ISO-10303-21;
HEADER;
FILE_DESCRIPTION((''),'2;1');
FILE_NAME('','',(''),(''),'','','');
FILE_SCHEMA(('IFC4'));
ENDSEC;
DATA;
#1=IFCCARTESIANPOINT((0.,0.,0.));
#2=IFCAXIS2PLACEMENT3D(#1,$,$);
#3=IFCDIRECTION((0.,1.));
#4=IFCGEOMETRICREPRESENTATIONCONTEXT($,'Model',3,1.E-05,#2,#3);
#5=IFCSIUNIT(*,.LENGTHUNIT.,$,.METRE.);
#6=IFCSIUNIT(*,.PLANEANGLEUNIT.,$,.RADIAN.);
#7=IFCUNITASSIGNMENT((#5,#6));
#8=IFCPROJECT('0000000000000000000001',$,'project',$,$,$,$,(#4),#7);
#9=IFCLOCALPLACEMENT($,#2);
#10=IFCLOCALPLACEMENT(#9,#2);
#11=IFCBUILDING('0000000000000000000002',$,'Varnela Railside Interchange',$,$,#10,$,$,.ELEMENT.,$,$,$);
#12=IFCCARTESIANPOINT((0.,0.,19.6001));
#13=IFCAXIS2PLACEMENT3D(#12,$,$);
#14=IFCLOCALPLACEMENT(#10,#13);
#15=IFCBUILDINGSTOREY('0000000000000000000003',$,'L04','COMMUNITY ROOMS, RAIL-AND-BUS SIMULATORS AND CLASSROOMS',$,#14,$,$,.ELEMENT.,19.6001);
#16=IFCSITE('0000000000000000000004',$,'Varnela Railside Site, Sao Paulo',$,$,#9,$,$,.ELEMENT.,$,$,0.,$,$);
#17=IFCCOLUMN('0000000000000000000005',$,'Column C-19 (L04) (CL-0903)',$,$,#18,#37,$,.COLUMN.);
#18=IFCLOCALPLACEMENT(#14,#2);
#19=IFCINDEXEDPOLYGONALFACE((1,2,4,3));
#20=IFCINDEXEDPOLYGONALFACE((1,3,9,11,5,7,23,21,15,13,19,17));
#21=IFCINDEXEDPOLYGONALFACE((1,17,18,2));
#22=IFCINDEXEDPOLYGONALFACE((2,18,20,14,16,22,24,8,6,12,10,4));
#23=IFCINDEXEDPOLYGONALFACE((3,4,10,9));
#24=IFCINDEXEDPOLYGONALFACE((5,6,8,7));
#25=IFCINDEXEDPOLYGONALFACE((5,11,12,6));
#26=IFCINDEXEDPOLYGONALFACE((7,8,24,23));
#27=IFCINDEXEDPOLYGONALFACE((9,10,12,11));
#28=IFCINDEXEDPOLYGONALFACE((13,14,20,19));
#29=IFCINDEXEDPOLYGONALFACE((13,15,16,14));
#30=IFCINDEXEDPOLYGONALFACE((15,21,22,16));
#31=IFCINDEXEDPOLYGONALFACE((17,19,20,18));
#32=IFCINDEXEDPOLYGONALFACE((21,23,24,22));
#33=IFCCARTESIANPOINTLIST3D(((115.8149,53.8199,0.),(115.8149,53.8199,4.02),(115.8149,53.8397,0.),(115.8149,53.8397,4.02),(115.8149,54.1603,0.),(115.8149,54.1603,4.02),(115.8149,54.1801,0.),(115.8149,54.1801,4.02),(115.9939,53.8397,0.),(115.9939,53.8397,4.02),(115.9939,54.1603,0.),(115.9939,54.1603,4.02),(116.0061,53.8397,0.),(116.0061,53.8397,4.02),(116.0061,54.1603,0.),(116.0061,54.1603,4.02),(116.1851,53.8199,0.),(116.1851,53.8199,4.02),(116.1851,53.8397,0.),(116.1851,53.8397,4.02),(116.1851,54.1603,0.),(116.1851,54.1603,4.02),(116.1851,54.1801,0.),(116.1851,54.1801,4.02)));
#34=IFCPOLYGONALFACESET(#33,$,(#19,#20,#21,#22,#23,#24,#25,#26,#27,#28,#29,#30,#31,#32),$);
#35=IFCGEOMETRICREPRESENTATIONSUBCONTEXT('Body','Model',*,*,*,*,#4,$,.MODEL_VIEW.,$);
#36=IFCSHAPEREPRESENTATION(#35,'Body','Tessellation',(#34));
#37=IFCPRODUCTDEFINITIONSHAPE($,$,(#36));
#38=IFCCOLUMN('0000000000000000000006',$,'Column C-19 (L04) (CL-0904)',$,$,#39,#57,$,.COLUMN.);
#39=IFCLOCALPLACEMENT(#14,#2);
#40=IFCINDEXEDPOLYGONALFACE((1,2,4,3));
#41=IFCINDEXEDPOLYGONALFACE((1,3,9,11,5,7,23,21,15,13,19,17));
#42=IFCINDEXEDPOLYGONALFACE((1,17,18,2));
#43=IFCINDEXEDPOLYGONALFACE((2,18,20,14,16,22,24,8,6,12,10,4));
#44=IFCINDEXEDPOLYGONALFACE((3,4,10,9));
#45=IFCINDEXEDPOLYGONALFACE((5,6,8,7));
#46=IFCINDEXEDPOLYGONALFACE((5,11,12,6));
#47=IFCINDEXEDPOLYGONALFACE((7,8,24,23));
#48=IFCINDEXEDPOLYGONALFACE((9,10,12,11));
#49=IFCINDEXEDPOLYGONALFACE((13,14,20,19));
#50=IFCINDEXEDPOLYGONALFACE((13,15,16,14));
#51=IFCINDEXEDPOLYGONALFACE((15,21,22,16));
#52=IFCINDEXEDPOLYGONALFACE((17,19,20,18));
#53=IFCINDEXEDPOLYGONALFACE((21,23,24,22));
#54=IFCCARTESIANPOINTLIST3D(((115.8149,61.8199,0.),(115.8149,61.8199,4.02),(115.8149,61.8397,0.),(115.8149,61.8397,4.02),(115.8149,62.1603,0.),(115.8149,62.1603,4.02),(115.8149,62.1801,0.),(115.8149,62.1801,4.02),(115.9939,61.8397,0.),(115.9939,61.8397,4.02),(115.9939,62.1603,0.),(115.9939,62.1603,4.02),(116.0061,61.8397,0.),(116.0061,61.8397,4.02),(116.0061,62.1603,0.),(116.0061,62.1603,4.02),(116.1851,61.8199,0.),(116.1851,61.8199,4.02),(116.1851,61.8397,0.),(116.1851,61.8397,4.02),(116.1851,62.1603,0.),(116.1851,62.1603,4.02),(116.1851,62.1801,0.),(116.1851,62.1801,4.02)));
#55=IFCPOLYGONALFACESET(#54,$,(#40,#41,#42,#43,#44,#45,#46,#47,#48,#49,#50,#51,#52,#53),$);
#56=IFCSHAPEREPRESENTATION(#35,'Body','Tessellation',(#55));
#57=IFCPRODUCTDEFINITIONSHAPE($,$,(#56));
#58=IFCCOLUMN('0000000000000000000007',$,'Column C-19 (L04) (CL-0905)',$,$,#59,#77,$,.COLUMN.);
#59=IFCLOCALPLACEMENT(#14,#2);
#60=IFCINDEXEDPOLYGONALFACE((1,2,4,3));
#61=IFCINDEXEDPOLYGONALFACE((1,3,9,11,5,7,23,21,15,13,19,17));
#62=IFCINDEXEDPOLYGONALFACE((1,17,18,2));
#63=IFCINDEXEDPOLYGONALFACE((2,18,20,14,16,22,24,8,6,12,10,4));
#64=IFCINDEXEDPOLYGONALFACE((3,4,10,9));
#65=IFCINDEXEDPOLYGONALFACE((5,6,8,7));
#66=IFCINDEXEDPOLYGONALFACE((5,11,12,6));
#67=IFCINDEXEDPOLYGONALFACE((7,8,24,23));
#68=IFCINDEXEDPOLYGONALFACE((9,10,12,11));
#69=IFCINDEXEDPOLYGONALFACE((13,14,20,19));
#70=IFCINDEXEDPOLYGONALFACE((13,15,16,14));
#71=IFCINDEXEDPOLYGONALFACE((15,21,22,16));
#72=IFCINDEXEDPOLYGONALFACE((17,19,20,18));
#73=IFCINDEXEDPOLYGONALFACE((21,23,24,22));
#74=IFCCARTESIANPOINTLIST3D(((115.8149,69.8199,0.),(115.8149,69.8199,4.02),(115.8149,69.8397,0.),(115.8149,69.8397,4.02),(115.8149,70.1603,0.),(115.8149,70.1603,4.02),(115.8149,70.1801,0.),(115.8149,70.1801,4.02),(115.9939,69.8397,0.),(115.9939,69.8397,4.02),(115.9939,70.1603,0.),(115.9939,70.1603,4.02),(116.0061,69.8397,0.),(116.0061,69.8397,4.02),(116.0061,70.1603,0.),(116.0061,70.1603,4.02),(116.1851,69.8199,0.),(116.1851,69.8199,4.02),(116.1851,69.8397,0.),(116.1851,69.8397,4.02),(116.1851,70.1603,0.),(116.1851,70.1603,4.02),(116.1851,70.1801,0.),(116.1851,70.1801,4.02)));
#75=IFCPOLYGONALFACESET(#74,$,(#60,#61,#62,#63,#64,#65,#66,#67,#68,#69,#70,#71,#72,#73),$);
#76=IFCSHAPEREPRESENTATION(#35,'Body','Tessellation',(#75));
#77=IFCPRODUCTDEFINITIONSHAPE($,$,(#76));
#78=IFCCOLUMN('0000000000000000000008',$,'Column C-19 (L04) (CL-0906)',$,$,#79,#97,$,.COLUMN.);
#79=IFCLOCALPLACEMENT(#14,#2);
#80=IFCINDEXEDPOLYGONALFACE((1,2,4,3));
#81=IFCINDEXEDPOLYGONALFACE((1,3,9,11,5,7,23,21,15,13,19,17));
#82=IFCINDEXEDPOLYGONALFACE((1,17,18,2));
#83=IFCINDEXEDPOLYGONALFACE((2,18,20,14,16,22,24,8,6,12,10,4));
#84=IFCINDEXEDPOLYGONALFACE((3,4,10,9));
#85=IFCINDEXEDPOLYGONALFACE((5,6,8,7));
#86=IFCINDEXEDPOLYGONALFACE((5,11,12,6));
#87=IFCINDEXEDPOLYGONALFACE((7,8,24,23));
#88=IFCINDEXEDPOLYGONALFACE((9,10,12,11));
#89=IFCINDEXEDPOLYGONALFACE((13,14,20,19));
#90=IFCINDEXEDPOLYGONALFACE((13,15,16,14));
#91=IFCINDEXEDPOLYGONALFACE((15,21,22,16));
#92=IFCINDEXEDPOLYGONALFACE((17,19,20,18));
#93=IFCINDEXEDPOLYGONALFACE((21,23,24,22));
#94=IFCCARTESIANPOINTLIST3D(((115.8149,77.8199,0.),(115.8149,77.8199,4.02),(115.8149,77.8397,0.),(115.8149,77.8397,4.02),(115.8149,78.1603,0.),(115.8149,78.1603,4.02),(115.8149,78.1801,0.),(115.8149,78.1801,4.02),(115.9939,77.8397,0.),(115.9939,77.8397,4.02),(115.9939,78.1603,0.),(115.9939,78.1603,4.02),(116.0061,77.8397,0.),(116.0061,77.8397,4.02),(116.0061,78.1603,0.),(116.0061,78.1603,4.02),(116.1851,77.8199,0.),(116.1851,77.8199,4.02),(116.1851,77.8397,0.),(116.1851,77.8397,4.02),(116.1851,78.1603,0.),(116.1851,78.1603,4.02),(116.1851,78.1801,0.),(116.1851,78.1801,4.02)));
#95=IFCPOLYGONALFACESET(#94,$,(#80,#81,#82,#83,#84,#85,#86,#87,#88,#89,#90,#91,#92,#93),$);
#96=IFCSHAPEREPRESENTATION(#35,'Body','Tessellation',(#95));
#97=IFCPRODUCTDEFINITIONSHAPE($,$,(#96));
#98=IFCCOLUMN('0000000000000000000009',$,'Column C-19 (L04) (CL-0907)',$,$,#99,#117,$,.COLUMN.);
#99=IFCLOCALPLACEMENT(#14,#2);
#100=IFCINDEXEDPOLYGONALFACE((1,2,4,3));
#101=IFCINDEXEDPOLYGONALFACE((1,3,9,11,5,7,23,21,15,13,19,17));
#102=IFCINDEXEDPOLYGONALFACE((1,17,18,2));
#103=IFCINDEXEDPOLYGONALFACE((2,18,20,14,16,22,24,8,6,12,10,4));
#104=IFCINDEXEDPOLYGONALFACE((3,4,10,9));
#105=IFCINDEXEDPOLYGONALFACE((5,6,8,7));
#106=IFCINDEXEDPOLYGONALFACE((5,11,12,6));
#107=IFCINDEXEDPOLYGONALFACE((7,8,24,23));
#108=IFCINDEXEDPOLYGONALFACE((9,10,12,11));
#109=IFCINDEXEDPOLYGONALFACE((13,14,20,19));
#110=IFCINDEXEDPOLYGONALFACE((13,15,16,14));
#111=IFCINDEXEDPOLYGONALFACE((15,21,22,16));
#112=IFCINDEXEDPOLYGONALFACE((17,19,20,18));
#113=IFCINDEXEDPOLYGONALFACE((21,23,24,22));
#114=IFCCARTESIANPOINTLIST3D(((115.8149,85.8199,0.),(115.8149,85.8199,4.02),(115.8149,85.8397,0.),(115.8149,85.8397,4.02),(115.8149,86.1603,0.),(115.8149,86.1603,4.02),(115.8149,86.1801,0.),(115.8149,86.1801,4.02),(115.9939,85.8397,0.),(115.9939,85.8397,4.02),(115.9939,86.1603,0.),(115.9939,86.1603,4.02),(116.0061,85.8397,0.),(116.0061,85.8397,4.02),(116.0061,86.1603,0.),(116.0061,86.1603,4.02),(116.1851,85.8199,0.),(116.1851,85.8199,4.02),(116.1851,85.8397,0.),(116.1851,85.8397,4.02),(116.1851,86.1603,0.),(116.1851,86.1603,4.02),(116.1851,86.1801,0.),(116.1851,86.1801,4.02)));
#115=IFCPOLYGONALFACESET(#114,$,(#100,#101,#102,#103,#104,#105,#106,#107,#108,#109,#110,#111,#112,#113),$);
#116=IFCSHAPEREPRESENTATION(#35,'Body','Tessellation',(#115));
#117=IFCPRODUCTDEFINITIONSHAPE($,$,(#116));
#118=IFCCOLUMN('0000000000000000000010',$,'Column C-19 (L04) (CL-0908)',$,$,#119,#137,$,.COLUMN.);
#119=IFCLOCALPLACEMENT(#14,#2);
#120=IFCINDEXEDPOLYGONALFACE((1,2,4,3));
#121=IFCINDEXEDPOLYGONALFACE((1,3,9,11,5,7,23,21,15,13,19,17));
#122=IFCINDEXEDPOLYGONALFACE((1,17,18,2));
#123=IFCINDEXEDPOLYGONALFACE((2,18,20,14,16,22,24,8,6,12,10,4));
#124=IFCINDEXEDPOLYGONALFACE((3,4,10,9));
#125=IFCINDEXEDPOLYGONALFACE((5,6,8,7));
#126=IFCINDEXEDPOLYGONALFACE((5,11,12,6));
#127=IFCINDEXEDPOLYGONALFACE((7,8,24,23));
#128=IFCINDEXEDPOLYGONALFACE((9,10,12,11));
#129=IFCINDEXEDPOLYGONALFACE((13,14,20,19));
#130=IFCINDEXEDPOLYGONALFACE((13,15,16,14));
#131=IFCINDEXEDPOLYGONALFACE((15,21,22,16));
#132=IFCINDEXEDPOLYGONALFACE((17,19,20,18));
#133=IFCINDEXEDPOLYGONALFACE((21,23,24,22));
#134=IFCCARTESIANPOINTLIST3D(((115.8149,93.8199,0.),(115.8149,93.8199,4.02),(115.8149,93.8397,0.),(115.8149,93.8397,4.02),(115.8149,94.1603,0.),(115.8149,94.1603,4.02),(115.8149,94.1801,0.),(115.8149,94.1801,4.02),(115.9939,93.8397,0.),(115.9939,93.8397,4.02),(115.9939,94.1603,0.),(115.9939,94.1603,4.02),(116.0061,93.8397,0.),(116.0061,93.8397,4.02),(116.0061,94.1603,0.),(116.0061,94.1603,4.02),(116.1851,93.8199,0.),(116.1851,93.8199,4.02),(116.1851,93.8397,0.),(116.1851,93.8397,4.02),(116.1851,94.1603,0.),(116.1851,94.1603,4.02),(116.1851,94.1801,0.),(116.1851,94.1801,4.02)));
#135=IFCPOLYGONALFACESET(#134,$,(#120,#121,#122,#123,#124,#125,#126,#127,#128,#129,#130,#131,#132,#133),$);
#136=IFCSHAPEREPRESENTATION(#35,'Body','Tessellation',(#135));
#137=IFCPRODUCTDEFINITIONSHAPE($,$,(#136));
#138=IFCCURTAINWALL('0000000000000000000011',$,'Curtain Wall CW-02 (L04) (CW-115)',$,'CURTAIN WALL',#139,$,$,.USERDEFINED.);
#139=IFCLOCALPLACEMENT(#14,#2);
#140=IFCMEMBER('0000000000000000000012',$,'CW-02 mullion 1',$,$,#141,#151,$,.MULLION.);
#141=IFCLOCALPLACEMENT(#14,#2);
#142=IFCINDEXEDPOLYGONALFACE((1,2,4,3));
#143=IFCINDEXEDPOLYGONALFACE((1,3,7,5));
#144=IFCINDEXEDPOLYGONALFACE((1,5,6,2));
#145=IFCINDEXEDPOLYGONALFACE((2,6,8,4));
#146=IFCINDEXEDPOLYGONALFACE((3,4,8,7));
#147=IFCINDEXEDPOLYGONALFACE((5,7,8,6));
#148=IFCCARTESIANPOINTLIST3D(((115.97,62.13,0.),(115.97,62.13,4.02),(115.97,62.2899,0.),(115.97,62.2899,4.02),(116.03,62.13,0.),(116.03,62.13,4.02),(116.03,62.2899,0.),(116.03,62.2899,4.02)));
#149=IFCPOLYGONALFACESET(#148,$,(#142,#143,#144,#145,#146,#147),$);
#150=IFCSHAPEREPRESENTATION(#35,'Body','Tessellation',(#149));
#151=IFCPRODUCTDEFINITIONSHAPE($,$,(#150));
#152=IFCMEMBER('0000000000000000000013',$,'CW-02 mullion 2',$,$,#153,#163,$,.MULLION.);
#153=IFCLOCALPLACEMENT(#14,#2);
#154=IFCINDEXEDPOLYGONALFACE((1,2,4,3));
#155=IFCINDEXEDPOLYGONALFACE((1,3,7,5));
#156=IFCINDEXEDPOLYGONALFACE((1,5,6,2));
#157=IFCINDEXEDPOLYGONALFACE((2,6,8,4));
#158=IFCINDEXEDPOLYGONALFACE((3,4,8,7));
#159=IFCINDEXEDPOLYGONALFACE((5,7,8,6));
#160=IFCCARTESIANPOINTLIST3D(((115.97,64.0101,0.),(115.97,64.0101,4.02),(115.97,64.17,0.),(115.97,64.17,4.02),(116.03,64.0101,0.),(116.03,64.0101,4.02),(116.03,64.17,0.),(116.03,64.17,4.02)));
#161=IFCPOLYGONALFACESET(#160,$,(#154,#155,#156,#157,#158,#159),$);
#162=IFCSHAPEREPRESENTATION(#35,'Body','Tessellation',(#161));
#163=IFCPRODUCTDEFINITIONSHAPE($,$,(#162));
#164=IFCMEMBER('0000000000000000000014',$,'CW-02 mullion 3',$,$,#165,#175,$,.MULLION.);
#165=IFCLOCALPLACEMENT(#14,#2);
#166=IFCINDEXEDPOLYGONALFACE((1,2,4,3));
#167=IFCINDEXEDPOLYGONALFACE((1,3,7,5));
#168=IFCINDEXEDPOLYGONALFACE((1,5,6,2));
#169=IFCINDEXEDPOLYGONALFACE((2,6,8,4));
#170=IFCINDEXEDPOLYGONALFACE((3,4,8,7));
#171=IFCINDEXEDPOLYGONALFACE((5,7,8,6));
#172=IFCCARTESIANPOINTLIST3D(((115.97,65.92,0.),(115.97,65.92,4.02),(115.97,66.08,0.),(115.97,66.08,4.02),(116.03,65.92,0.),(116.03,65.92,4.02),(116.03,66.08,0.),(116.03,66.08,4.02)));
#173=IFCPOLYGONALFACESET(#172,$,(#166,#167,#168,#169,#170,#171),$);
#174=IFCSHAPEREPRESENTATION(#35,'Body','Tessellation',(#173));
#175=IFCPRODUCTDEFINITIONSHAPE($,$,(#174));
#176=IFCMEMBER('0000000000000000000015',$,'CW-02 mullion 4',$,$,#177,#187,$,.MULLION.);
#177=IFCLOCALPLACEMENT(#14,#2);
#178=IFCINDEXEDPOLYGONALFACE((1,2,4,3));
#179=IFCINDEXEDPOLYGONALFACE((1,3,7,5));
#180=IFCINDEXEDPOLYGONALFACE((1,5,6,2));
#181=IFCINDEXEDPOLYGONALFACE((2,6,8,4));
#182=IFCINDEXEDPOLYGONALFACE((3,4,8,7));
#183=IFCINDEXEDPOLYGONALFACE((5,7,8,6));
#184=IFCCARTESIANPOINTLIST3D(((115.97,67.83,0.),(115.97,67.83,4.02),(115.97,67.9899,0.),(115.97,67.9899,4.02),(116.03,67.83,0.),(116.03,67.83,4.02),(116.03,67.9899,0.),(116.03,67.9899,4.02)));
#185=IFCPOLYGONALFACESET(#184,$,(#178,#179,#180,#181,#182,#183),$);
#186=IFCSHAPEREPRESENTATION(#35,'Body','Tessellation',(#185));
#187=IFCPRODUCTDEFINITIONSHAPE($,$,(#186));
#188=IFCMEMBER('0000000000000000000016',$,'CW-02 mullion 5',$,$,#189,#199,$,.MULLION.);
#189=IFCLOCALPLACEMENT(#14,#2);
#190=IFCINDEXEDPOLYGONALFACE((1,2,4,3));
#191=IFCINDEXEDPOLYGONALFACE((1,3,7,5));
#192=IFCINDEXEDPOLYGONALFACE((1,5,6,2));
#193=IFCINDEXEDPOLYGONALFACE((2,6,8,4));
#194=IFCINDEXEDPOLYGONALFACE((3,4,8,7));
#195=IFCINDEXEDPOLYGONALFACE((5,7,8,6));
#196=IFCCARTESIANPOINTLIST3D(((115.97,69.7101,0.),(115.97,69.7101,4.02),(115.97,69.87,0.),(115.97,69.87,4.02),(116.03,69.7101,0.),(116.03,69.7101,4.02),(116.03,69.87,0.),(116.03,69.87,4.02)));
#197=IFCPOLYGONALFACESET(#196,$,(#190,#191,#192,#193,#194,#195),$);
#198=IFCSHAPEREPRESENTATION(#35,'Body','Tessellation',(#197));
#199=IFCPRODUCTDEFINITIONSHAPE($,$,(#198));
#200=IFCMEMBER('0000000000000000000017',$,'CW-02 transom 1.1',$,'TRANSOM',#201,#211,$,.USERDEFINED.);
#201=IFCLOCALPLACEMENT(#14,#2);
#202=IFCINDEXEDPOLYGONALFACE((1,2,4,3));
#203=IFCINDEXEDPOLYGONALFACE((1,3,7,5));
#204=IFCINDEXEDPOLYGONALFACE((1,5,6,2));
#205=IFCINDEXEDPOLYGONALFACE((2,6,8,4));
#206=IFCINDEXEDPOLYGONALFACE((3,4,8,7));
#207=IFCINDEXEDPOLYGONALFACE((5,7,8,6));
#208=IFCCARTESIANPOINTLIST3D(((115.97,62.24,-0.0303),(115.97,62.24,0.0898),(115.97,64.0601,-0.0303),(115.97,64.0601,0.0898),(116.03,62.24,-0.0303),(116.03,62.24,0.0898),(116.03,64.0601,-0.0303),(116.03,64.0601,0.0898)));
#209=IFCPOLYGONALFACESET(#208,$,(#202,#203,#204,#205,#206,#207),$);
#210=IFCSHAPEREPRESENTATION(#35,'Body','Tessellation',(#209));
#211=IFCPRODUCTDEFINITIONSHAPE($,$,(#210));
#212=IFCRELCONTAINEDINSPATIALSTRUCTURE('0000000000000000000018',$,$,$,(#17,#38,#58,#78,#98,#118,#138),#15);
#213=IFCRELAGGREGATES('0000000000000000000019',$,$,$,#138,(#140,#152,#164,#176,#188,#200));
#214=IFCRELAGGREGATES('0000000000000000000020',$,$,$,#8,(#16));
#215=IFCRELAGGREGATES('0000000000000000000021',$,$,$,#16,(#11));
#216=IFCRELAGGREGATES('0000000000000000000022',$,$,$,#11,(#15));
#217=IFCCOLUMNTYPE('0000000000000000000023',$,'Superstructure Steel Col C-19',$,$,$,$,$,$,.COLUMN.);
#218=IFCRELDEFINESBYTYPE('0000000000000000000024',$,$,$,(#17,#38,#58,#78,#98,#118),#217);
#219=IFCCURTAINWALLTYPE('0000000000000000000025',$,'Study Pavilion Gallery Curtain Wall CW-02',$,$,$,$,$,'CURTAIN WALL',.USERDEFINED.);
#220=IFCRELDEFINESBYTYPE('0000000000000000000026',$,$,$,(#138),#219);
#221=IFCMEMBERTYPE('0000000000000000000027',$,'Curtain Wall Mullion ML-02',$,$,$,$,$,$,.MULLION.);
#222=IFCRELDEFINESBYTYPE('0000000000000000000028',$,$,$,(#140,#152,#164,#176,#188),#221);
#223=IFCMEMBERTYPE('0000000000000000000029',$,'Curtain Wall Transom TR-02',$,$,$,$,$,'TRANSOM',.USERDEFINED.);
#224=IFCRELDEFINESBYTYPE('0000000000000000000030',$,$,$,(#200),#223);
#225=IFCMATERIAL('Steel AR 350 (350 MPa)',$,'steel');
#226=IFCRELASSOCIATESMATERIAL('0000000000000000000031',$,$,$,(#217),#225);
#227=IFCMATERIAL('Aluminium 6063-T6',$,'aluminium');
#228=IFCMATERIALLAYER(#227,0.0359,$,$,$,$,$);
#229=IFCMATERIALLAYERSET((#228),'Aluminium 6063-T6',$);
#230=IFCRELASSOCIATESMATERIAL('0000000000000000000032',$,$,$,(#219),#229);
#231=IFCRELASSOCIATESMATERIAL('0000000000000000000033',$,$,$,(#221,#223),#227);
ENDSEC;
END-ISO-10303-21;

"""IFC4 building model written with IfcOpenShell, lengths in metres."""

from ifc_helpers import new_model, si_unit, direction, frame, origin, origin_2d, place, context, subcontext, project, spatial, rectangle, i_section, extrude, material, layer, layer_set, material_profile, profile_set, type_object, element, aggregate, save


model = new_model("IFC4")

# Units and contexts
model_context = context("Model", 3, precision=1e-05, world=origin(), true_north=direction((0.0, 1.0)))
body_context = subcontext(model_context, "Body", "Model", "MODEL_VIEW")
ifc_project = project(units=[si_unit("LENGTHUNIT", "METRE"), si_unit("PLANEANGLEUNIT", "RADIAN")], contexts=[model_context])

# Site, building, storey
site_placement = place(None, origin())
site = spatial("IfcSite", under=ifc_project, at=site_placement, Name="Varnela Railside Site, Sao Paulo", CompositionType="ELEMENT", RefElevation=0.0)
building_placement = place(site_placement, origin())
building = spatial("IfcBuilding", under=site, at=building_placement, Name="Varnela Railside Interchange", CompositionType="ELEMENT")
storey_placement = place(building_placement, frame((0.0, 0.0, 19.6001)))
storey = spatial("IfcBuildingStorey", under=building, at=storey_placement, Name="L04", Description="COMMUNITY ROOMS, RAIL-AND-BUS SIMULATORS AND CLASSROOMS", CompositionType="ELEMENT", Elevation=19.6001)

# Columns
ifc_material_1 = material(Name="Steel AR 350 (350 MPa)", Category="steel")
ifc_material_profile_1 = material_profile(ifc_material_1, i_section(OverallWidth=0.3701, OverallDepth=0.3601, WebThickness=0.0122, FlangeThickness=0.0198, at=origin_2d()), Name="W360x147")
ifc_profile_set_1 = profile_set([ifc_material_profile_1], Name="Steel AR 350 (350 MPa)")
column_type = type_object("IfcColumnType", Name="Superstructure Steel Col C-19", PredefinedType="COLUMN", material=ifc_profile_set_1)
for number, where, z_axis, x_axis, name in (
    (1, (116.0, 54.0, 0.0), (0.0, 0.0, 1.0), (1.0, 0.0, 0.0), "Column C-19 (L04) (CL-0903)"),
    (2, (116.0, 62.0, 0.0), (0.0, 0.0, 1.0), (1.0, 0.0, 0.0), "Column C-19 (L04) (CL-0904)"),
    (3, (116.0, 70.0, 0.0), (0.0, 0.0, 1.0), (1.0, 0.0, 0.0), "Column C-19 (L04) (CL-0905)"),
    (4, (116.0, 78.0, 0.0), (0.0, 0.0, 1.0), (1.0, 0.0, 0.0), "Column C-19 (L04) (CL-0906)"),
    (5, (116.0, 86.0, 0.0), (0.0, 0.0, 1.0), (1.0, 0.0, 0.0), "Column C-19 (L04) (CL-0907)"),
    (6, (116.0, 94.0, 0.0), (0.0, 0.0, 1.0), (1.0, 0.0, 0.0), "Column C-19 (L04) (CL-0908)"),
):
    element("IfcColumn", number, at=place(storey_placement, frame(where, z_axis=z_axis, x_axis=x_axis)), inside=storey, type_object=column_type, Name=name, PredefinedType="COLUMN", context=body_context, shape_type="SweptSolid", body=[
        extrude(i_section(OverallWidth=0.3701, OverallDepth=0.3601, WebThickness=0.0122, FlangeThickness=0.0198, at=origin_2d()), origin(), (0.0, 0.0, 1.0), 4.02),
    ])

# Curtain wall, members
ifc_material_2 = material(Name="Aluminium 6063-T6", Category="aluminium")
ifc_layer_1 = layer(ifc_material_2, 0.0359)
ifc_layer_set_1 = layer_set([ifc_layer_1], Name="Aluminium 6063-T6")
curtain_wall_type = type_object("IfcCurtainWallType", Name="Study Pavilion Gallery Curtain Wall CW-02", ElementType="CURTAIN WALL", PredefinedType="USERDEFINED", material=ifc_layer_set_1)
curtain_wall_placement = place(storey_placement, origin())
curtain_wall = element("IfcCurtainWall", 7, at=curtain_wall_placement, inside=storey, type_object=curtain_wall_type, Name="Curtain Wall CW-02 (L04) (CW-115)", ObjectType="CURTAIN WALL", PredefinedType="USERDEFINED")
ifc_material_profile_2 = material_profile(ifc_material_2, rectangle(XDim=0.0601, YDim=0.1599, at=origin_2d()), Name="ALU 60x160")
ifc_profile_set_2 = profile_set([ifc_material_profile_2], Name="Aluminium 6063-T6")
member_type_1 = type_object("IfcMemberType", Name="Curtain Wall Mullion ML-02", PredefinedType="MULLION", material=ifc_profile_set_2)
member_1_placement = place(storey_placement, frame((116.0, 62.21, 0.0), z_axis=(0.0, 0.0, 1.0), x_axis=(-1.0, 0.0, 0.0)))
member_1 = element("IfcMember", 8, at=member_1_placement, type_object=member_type_1, Name="CW-02 mullion 1", PredefinedType="MULLION", context=body_context, shape_type="SweptSolid", body=[
    extrude(rectangle(XDim=0.0601, YDim=0.1599, at=origin_2d()), origin(), (0.0, 0.0, 1.0), 4.02),
])
member_2_placement = place(storey_placement, frame((116.0, 64.0901, 0.0), z_axis=(0.0, 0.0, 1.0), x_axis=(-1.0, 0.0, 0.0)))
member_2 = element("IfcMember", 9, at=member_2_placement, type_object=member_type_1, Name="CW-02 mullion 2", PredefinedType="MULLION", context=body_context, shape_type="SweptSolid", body=[
    extrude(rectangle(XDim=0.0601, YDim=0.1599, at=origin_2d()), origin(), (0.0, 0.0, 1.0), 4.02),
])
member_3_placement = place(storey_placement, frame((116.0, 66.0, 0.0), z_axis=(0.0, 0.0, 1.0), x_axis=(-1.0, 0.0, 0.0)))
member_3 = element("IfcMember", 10, at=member_3_placement, type_object=member_type_1, Name="CW-02 mullion 3", PredefinedType="MULLION", context=body_context, shape_type="SweptSolid", body=[
    extrude(rectangle(XDim=0.0601, YDim=0.1599, at=origin_2d()), origin(), (0.0, 0.0, 1.0), 4.02),
])
member_4_placement = place(storey_placement, frame((116.0, 67.9099, 0.0), z_axis=(0.0, 0.0, 1.0), x_axis=(-1.0, 0.0, 0.0)))
member_4 = element("IfcMember", 11, at=member_4_placement, type_object=member_type_1, Name="CW-02 mullion 4", PredefinedType="MULLION", context=body_context, shape_type="SweptSolid", body=[
    extrude(rectangle(XDim=0.0601, YDim=0.1599, at=origin_2d()), origin(), (0.0, 0.0, 1.0), 4.02),
])
member_5_placement = place(storey_placement, frame((116.0, 69.79, 0.0), z_axis=(0.0, 0.0, 1.0), x_axis=(-1.0, 0.0, 0.0)))
member_5 = element("IfcMember", 12, at=member_5_placement, type_object=member_type_1, Name="CW-02 mullion 5", PredefinedType="MULLION", context=body_context, shape_type="SweptSolid", body=[
    extrude(rectangle(XDim=0.0601, YDim=0.1599, at=origin_2d()), origin(), (0.0, 0.0, 1.0), 4.02),
])
ifc_material_profile_3 = material_profile(ifc_material_2, rectangle(XDim=0.0601, YDim=0.1201, at=origin_2d()), Name="ALU 60x120")
ifc_profile_set_3 = profile_set([ifc_material_profile_3], Name="Aluminium 6063-T6")
member_type_2 = type_object("IfcMemberType", Name="Curtain Wall Transom TR-02", ElementType="TRANSOM", PredefinedType="USERDEFINED", material=ifc_profile_set_3)
member_6_placement = place(storey_placement, frame((116.0, 62.24, 0.0298), z_axis=(0.0, 1.0, 0.0), x_axis=(-1.0, 0.0, 0.0)))
member_6 = element("IfcMember", 13, at=member_6_placement, type_object=member_type_2, Name="CW-02 transom 1.1", ObjectType="TRANSOM", PredefinedType="USERDEFINED", context=body_context, shape_type="SweptSolid", body=[
    extrude(rectangle(XDim=0.0601, YDim=0.1201, at=origin_2d()), origin(), (0.0, 0.0, 1.0), 1.8201),
])

aggregate(curtain_wall, [member_1, member_2, member_3, member_4, member_5, member_6])

save(model, "model.ifc")
